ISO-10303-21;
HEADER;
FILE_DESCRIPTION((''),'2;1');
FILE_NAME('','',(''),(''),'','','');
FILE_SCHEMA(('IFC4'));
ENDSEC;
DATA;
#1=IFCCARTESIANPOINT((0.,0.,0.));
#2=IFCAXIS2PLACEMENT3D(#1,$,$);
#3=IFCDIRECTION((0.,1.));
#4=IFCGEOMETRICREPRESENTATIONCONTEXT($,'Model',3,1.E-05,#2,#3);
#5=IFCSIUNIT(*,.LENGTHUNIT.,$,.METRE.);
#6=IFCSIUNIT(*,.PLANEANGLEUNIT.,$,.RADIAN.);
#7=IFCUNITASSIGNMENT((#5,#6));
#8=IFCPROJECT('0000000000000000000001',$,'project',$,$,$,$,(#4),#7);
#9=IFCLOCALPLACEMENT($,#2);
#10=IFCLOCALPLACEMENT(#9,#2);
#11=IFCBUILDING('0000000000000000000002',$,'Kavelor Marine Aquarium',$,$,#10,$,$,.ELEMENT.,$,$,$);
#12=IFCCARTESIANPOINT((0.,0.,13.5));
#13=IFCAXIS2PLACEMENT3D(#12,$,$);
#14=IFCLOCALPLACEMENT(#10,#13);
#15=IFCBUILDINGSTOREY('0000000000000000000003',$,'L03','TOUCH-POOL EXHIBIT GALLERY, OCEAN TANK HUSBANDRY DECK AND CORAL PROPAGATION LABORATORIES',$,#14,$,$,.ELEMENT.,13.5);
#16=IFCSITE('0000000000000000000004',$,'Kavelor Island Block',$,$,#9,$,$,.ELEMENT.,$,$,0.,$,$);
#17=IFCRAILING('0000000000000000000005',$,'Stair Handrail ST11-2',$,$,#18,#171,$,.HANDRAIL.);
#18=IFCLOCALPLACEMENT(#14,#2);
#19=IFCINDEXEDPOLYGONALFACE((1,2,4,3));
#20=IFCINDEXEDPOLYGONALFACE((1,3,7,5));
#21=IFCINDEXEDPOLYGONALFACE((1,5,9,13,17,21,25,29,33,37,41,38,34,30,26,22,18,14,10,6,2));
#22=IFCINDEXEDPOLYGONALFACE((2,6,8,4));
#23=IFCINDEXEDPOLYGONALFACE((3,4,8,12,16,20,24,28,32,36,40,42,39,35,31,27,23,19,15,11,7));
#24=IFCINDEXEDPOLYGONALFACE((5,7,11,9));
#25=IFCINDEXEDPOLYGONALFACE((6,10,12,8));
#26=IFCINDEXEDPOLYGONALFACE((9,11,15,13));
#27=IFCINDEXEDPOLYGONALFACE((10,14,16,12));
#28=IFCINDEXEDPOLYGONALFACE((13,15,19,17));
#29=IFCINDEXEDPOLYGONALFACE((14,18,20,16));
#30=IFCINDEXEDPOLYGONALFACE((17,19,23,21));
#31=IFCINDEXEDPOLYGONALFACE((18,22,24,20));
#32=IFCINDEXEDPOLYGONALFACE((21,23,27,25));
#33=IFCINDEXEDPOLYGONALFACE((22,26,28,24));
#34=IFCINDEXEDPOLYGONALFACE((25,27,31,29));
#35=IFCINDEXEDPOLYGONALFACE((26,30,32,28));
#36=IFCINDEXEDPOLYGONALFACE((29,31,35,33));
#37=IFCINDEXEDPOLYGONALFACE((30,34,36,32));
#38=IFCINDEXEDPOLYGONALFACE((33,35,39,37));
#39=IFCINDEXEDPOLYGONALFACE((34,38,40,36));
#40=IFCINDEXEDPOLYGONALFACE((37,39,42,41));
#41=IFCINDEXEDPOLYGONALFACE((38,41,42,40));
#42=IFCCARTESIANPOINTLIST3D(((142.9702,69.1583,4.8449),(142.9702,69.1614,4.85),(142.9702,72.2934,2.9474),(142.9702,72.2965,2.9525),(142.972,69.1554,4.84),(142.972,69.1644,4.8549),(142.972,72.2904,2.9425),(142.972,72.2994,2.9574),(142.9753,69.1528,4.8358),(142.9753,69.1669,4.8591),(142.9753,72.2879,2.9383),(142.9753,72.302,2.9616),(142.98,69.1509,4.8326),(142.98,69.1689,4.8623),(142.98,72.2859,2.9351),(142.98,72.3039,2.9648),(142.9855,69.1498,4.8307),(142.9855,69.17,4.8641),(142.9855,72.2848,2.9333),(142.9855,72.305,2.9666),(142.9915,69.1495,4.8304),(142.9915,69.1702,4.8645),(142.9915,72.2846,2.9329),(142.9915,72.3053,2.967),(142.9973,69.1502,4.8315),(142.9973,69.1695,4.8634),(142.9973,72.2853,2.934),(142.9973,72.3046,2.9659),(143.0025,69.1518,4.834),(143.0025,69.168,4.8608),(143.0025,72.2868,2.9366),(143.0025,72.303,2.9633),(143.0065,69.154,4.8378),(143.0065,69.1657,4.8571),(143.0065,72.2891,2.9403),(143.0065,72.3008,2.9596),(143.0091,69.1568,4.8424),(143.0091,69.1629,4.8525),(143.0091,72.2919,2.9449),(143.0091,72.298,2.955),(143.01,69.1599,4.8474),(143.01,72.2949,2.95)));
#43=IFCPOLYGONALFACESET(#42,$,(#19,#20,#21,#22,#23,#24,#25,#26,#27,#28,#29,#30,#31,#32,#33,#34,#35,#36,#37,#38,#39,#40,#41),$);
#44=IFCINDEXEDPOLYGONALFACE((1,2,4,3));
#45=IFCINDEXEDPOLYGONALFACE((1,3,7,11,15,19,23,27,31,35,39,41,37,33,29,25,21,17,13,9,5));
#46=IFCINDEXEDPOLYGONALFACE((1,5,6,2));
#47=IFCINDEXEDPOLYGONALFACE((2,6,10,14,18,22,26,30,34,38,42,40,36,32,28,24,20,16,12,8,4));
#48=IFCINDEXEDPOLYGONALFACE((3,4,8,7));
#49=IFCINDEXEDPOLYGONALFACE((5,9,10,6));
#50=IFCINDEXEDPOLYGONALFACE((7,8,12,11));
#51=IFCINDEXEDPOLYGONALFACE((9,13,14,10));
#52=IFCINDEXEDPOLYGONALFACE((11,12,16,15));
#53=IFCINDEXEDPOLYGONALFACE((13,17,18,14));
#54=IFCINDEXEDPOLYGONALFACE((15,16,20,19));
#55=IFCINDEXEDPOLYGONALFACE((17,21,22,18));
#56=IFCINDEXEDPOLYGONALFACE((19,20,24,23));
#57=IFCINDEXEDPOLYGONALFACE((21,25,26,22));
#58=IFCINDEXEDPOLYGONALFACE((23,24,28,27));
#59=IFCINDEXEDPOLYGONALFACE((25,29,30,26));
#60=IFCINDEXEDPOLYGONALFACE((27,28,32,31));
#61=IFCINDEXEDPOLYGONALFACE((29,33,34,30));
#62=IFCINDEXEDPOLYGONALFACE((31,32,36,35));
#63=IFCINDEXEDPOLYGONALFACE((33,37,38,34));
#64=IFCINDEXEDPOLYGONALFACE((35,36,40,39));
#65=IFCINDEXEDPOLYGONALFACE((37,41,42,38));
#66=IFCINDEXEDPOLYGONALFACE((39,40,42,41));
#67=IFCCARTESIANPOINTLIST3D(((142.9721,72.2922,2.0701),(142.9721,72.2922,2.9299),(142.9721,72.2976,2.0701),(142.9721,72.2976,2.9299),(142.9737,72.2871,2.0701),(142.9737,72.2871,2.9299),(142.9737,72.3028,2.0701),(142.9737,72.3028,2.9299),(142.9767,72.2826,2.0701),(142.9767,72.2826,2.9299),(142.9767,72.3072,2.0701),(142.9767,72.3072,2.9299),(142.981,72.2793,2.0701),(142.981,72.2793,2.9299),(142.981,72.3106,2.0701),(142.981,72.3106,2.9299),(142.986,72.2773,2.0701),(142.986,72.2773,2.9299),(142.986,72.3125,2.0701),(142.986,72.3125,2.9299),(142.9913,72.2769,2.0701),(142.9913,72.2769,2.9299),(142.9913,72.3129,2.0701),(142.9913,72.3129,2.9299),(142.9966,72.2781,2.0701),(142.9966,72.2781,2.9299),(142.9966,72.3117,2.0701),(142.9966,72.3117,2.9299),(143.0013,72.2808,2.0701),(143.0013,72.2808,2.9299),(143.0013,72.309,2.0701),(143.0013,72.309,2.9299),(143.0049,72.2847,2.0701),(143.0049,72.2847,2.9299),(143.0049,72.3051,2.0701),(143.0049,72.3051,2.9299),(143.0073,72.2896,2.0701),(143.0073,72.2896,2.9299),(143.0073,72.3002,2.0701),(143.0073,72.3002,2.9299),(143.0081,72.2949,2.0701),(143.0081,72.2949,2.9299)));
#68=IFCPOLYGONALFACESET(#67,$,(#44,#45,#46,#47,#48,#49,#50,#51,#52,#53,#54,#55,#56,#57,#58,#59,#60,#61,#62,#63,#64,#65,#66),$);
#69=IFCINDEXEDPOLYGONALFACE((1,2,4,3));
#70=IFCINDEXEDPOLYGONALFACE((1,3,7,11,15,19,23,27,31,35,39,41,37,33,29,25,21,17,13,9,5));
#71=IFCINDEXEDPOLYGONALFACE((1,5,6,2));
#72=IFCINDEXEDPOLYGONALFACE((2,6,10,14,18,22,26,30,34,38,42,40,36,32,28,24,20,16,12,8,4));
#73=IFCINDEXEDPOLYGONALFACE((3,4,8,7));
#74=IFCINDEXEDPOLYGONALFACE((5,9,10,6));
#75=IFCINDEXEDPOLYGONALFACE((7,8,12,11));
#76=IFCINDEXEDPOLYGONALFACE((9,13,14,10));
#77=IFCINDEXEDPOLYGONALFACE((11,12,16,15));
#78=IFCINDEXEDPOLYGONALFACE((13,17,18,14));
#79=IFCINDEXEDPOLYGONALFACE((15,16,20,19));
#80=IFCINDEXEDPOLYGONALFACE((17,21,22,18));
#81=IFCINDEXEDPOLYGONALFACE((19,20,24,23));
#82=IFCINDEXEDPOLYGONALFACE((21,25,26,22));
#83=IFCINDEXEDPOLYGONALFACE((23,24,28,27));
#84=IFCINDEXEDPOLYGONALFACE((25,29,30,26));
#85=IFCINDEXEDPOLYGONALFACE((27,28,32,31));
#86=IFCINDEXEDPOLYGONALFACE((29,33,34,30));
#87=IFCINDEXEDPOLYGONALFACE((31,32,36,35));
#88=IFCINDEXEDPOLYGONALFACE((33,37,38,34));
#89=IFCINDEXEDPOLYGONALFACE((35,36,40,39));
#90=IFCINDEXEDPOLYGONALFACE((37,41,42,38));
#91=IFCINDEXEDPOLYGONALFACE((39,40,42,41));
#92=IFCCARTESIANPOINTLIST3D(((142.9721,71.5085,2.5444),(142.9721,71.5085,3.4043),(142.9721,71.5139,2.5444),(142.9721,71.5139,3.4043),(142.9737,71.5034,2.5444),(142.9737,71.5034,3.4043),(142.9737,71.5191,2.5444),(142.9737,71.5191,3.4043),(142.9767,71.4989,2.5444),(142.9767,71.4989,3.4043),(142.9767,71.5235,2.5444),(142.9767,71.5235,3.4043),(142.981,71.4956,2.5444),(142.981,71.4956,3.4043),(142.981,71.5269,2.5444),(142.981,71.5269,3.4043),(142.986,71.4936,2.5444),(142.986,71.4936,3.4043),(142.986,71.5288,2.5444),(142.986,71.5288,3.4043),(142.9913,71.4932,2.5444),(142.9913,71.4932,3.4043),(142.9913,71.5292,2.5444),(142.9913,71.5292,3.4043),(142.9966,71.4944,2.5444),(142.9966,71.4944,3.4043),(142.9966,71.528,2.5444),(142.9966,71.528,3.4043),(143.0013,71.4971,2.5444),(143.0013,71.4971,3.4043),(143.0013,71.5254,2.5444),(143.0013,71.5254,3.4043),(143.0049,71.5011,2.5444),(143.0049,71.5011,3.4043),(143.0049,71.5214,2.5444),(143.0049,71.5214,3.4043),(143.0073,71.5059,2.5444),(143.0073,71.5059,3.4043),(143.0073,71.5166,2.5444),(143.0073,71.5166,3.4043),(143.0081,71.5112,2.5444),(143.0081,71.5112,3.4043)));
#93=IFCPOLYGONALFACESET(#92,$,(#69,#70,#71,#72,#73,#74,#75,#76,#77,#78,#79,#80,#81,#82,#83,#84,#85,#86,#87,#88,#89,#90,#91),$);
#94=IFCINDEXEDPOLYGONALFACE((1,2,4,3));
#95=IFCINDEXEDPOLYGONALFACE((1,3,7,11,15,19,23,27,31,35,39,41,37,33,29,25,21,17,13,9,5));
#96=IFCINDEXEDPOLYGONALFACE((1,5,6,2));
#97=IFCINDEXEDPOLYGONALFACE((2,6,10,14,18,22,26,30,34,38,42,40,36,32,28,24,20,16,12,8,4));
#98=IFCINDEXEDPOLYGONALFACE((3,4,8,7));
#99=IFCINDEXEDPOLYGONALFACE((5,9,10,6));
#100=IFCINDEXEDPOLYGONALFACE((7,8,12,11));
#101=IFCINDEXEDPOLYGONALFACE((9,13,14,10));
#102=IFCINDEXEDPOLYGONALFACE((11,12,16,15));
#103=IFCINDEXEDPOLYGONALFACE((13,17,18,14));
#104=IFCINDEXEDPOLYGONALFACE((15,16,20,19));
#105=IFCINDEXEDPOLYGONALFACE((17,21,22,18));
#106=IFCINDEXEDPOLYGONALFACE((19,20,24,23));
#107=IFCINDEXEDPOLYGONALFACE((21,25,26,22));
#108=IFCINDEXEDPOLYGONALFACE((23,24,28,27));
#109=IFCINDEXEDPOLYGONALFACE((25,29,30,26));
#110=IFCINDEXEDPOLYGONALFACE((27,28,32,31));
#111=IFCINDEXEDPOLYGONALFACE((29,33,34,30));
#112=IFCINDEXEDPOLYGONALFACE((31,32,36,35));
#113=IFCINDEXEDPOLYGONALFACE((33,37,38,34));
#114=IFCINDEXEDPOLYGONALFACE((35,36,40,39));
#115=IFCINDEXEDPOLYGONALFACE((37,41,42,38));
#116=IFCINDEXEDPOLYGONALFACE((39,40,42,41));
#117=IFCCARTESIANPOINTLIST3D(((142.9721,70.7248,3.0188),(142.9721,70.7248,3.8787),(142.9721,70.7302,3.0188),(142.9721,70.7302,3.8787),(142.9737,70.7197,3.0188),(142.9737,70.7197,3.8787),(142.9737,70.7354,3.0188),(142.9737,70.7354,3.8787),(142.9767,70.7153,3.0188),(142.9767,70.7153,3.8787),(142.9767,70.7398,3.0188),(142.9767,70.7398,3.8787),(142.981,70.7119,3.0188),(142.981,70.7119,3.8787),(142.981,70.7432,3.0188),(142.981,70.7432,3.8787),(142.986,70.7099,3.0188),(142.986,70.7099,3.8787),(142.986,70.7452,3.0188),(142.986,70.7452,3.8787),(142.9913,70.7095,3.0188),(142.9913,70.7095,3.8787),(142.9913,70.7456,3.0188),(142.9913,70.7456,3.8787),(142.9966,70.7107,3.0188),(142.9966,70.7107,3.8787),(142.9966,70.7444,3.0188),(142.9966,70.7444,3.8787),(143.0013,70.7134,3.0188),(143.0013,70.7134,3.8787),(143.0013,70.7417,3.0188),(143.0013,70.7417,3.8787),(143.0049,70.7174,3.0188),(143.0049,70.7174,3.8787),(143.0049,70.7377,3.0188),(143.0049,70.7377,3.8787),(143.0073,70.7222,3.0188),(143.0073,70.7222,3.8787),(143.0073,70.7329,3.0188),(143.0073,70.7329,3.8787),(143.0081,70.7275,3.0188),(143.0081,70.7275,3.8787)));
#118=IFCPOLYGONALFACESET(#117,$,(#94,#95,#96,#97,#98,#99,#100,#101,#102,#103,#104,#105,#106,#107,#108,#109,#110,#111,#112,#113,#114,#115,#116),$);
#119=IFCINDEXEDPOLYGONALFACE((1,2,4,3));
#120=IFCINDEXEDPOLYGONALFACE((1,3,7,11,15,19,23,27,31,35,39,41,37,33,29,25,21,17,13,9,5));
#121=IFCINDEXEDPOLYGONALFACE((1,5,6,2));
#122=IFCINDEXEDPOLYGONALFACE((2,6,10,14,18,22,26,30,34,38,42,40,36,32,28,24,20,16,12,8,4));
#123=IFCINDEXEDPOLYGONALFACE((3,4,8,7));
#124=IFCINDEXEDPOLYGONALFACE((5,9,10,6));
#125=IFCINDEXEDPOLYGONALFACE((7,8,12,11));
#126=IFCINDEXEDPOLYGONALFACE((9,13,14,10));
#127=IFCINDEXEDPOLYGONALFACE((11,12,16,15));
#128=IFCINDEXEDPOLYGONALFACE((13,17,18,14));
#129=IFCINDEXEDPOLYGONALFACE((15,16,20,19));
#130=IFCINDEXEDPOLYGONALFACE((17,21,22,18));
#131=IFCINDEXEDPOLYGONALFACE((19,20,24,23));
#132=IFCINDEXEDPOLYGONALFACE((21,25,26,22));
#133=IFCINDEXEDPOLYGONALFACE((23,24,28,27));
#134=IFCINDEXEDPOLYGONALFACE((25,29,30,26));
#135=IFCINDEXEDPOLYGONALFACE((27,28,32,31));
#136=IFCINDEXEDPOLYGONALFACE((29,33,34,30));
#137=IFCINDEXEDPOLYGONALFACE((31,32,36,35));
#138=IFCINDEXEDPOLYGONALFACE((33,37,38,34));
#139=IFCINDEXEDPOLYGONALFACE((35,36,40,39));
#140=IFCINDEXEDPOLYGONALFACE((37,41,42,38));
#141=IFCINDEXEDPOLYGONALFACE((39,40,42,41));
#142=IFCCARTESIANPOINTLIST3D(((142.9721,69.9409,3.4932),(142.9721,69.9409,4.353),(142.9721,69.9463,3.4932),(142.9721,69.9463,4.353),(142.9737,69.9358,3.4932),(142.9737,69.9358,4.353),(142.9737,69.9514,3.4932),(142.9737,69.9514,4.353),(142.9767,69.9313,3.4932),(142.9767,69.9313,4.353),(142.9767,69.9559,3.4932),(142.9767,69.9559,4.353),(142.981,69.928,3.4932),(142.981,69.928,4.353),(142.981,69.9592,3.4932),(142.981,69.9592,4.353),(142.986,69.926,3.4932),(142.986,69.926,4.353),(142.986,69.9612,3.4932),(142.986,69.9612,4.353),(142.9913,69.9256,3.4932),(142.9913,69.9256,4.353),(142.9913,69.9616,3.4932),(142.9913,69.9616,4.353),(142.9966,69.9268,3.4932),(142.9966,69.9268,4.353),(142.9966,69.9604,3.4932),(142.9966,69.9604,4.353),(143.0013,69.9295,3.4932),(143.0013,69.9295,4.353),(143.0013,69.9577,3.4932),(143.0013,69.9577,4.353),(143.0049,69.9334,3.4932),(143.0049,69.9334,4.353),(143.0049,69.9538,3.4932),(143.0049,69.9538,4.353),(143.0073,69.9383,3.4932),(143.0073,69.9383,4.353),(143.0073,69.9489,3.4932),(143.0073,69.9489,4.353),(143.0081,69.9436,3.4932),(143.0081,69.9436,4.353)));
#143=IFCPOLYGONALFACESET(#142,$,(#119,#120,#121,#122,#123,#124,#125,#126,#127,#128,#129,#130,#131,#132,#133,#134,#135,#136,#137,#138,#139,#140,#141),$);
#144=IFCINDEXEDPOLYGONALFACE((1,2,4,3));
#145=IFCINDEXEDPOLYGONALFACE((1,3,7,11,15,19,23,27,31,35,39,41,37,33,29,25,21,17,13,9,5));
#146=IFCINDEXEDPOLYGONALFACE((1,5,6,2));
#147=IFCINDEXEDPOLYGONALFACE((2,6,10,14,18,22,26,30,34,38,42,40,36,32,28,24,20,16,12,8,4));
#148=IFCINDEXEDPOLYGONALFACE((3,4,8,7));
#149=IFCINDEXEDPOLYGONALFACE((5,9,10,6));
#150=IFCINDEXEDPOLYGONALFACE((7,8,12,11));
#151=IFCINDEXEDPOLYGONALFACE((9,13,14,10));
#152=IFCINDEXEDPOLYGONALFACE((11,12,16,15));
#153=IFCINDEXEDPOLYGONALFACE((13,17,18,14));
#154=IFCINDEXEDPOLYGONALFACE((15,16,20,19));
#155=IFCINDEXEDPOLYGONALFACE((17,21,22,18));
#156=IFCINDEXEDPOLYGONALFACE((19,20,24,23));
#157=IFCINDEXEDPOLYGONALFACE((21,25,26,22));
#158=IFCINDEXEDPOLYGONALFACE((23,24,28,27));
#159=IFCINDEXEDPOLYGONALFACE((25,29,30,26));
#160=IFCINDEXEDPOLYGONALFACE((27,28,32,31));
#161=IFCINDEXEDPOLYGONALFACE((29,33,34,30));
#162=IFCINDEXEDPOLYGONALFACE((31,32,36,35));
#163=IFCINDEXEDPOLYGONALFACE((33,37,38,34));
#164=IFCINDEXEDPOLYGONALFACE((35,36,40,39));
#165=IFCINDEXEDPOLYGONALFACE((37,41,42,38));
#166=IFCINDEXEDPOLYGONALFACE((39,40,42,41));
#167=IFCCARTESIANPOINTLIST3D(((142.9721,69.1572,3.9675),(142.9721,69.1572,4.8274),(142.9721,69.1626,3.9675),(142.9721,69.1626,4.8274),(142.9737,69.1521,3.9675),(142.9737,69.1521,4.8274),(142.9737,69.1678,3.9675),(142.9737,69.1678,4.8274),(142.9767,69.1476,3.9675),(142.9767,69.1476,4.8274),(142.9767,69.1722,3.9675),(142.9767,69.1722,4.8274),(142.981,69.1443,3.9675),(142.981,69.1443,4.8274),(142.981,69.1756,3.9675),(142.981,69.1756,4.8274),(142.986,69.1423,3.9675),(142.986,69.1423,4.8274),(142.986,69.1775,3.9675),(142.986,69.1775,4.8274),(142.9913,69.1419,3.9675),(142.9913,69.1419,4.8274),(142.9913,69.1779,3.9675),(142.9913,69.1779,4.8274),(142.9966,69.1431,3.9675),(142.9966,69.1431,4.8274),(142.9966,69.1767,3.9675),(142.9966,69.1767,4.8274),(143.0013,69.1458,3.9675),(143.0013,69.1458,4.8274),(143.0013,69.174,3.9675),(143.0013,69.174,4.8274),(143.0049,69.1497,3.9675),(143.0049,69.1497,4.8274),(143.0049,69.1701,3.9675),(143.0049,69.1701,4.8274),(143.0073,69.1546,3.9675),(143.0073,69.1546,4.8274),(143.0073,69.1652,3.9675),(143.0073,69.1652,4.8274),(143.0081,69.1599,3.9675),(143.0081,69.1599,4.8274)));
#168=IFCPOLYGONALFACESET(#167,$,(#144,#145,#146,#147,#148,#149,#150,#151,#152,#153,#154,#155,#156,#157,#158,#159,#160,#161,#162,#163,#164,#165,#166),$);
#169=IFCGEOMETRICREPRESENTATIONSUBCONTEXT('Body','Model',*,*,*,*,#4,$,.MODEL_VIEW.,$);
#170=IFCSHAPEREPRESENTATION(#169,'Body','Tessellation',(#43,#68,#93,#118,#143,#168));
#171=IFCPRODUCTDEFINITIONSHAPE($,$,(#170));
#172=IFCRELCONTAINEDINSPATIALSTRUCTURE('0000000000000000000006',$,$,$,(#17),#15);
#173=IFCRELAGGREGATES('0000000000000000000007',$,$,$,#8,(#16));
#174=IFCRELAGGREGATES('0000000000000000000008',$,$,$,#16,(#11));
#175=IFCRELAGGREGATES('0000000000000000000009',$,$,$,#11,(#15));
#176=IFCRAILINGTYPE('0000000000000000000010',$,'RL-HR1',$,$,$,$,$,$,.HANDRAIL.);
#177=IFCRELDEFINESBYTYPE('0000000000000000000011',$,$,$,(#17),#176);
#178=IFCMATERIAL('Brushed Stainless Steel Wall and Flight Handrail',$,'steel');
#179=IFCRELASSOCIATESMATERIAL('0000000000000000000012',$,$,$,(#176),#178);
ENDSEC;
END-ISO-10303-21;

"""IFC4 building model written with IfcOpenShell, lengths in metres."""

from ifc_helpers import new_model, si_unit, direction, frame, origin, origin_2d, place, context, subcontext, project, spatial, circle, extrude, material, type_object, element, save


model = new_model("IFC4")

# Units and contexts
model_context = context("Model", 3, precision=1e-05, world=origin(), true_north=direction((0.0, 1.0)))
body_context = subcontext(model_context, "Body", "Model", "MODEL_VIEW")
ifc_project = project(units=[si_unit("LENGTHUNIT", "METRE"), si_unit("PLANEANGLEUNIT", "RADIAN")], contexts=[model_context])

# Site, building, storey
site_placement = place(None, origin())
site = spatial("IfcSite", under=ifc_project, at=site_placement, Name="Kavelor Island Block", CompositionType="ELEMENT", RefElevation=0.0)
building_placement = place(site_placement, origin())
building = spatial("IfcBuilding", under=site, at=building_placement, Name="Kavelor Marine Aquarium", CompositionType="ELEMENT")
storey_placement = place(building_placement, frame((0.0, 0.0, 13.5)))
storey = spatial("IfcBuildingStorey", under=building, at=storey_placement, Name="L03", Description="TOUCH-POOL EXHIBIT GALLERY, OCEAN TANK HUSBANDRY DECK AND CORAL PROPAGATION LABORATORIES", CompositionType="ELEMENT", Elevation=13.5)

# Railing
ifc_material_1 = material(Name="Brushed Stainless Steel Wall and Flight Handrail", Category="steel")
railing_type_1 = type_object("IfcRailingType", Name="RL-HR1", PredefinedType="HANDRAIL", material=ifc_material_1)
railing_1_placement = place(storey_placement, frame((142.99, 72.2949, 2.0701)))
element("IfcRailing", 1, at=railing_1_placement, inside=storey, type_object=railing_type_1, Name="Stair Handrail ST11-2", PredefinedType="HANDRAIL", context=body_context, shape_type="SweptSolid", body=[
    extrude(circle(Radius=0.02, at=origin_2d()), frame((0.0, 0.0, 0.8799), z_axis=(0.0, -0.855506, 0.517794), x_axis=(1.0, 0.0, 0.0)), (0.0, 0.0, 1.0), 3.6646),
    extrude(circle(Radius=0.0181, at=origin_2d()), origin(), (0.0, 0.0, 1.0), 0.8599),
    extrude(circle(Radius=0.0181, at=origin_2d()), frame((0.0, -0.7837, 0.4744)), (0.0, 0.0, 1.0), 0.8599),
    extrude(circle(Radius=0.0181, at=origin_2d()), frame((0.0, -1.5674, 0.9487)), (0.0, 0.0, 1.0), 0.8599),
    extrude(circle(Radius=0.0181, at=origin_2d()), frame((0.0, -2.3513, 1.4231)), (0.0, 0.0, 1.0), 0.8599),
    extrude(circle(Radius=0.0181, at=origin_2d()), frame((0.0, -3.135, 1.8975)), (0.0, 0.0, 1.0), 0.8599),
])

save(model, "model.ifc")
